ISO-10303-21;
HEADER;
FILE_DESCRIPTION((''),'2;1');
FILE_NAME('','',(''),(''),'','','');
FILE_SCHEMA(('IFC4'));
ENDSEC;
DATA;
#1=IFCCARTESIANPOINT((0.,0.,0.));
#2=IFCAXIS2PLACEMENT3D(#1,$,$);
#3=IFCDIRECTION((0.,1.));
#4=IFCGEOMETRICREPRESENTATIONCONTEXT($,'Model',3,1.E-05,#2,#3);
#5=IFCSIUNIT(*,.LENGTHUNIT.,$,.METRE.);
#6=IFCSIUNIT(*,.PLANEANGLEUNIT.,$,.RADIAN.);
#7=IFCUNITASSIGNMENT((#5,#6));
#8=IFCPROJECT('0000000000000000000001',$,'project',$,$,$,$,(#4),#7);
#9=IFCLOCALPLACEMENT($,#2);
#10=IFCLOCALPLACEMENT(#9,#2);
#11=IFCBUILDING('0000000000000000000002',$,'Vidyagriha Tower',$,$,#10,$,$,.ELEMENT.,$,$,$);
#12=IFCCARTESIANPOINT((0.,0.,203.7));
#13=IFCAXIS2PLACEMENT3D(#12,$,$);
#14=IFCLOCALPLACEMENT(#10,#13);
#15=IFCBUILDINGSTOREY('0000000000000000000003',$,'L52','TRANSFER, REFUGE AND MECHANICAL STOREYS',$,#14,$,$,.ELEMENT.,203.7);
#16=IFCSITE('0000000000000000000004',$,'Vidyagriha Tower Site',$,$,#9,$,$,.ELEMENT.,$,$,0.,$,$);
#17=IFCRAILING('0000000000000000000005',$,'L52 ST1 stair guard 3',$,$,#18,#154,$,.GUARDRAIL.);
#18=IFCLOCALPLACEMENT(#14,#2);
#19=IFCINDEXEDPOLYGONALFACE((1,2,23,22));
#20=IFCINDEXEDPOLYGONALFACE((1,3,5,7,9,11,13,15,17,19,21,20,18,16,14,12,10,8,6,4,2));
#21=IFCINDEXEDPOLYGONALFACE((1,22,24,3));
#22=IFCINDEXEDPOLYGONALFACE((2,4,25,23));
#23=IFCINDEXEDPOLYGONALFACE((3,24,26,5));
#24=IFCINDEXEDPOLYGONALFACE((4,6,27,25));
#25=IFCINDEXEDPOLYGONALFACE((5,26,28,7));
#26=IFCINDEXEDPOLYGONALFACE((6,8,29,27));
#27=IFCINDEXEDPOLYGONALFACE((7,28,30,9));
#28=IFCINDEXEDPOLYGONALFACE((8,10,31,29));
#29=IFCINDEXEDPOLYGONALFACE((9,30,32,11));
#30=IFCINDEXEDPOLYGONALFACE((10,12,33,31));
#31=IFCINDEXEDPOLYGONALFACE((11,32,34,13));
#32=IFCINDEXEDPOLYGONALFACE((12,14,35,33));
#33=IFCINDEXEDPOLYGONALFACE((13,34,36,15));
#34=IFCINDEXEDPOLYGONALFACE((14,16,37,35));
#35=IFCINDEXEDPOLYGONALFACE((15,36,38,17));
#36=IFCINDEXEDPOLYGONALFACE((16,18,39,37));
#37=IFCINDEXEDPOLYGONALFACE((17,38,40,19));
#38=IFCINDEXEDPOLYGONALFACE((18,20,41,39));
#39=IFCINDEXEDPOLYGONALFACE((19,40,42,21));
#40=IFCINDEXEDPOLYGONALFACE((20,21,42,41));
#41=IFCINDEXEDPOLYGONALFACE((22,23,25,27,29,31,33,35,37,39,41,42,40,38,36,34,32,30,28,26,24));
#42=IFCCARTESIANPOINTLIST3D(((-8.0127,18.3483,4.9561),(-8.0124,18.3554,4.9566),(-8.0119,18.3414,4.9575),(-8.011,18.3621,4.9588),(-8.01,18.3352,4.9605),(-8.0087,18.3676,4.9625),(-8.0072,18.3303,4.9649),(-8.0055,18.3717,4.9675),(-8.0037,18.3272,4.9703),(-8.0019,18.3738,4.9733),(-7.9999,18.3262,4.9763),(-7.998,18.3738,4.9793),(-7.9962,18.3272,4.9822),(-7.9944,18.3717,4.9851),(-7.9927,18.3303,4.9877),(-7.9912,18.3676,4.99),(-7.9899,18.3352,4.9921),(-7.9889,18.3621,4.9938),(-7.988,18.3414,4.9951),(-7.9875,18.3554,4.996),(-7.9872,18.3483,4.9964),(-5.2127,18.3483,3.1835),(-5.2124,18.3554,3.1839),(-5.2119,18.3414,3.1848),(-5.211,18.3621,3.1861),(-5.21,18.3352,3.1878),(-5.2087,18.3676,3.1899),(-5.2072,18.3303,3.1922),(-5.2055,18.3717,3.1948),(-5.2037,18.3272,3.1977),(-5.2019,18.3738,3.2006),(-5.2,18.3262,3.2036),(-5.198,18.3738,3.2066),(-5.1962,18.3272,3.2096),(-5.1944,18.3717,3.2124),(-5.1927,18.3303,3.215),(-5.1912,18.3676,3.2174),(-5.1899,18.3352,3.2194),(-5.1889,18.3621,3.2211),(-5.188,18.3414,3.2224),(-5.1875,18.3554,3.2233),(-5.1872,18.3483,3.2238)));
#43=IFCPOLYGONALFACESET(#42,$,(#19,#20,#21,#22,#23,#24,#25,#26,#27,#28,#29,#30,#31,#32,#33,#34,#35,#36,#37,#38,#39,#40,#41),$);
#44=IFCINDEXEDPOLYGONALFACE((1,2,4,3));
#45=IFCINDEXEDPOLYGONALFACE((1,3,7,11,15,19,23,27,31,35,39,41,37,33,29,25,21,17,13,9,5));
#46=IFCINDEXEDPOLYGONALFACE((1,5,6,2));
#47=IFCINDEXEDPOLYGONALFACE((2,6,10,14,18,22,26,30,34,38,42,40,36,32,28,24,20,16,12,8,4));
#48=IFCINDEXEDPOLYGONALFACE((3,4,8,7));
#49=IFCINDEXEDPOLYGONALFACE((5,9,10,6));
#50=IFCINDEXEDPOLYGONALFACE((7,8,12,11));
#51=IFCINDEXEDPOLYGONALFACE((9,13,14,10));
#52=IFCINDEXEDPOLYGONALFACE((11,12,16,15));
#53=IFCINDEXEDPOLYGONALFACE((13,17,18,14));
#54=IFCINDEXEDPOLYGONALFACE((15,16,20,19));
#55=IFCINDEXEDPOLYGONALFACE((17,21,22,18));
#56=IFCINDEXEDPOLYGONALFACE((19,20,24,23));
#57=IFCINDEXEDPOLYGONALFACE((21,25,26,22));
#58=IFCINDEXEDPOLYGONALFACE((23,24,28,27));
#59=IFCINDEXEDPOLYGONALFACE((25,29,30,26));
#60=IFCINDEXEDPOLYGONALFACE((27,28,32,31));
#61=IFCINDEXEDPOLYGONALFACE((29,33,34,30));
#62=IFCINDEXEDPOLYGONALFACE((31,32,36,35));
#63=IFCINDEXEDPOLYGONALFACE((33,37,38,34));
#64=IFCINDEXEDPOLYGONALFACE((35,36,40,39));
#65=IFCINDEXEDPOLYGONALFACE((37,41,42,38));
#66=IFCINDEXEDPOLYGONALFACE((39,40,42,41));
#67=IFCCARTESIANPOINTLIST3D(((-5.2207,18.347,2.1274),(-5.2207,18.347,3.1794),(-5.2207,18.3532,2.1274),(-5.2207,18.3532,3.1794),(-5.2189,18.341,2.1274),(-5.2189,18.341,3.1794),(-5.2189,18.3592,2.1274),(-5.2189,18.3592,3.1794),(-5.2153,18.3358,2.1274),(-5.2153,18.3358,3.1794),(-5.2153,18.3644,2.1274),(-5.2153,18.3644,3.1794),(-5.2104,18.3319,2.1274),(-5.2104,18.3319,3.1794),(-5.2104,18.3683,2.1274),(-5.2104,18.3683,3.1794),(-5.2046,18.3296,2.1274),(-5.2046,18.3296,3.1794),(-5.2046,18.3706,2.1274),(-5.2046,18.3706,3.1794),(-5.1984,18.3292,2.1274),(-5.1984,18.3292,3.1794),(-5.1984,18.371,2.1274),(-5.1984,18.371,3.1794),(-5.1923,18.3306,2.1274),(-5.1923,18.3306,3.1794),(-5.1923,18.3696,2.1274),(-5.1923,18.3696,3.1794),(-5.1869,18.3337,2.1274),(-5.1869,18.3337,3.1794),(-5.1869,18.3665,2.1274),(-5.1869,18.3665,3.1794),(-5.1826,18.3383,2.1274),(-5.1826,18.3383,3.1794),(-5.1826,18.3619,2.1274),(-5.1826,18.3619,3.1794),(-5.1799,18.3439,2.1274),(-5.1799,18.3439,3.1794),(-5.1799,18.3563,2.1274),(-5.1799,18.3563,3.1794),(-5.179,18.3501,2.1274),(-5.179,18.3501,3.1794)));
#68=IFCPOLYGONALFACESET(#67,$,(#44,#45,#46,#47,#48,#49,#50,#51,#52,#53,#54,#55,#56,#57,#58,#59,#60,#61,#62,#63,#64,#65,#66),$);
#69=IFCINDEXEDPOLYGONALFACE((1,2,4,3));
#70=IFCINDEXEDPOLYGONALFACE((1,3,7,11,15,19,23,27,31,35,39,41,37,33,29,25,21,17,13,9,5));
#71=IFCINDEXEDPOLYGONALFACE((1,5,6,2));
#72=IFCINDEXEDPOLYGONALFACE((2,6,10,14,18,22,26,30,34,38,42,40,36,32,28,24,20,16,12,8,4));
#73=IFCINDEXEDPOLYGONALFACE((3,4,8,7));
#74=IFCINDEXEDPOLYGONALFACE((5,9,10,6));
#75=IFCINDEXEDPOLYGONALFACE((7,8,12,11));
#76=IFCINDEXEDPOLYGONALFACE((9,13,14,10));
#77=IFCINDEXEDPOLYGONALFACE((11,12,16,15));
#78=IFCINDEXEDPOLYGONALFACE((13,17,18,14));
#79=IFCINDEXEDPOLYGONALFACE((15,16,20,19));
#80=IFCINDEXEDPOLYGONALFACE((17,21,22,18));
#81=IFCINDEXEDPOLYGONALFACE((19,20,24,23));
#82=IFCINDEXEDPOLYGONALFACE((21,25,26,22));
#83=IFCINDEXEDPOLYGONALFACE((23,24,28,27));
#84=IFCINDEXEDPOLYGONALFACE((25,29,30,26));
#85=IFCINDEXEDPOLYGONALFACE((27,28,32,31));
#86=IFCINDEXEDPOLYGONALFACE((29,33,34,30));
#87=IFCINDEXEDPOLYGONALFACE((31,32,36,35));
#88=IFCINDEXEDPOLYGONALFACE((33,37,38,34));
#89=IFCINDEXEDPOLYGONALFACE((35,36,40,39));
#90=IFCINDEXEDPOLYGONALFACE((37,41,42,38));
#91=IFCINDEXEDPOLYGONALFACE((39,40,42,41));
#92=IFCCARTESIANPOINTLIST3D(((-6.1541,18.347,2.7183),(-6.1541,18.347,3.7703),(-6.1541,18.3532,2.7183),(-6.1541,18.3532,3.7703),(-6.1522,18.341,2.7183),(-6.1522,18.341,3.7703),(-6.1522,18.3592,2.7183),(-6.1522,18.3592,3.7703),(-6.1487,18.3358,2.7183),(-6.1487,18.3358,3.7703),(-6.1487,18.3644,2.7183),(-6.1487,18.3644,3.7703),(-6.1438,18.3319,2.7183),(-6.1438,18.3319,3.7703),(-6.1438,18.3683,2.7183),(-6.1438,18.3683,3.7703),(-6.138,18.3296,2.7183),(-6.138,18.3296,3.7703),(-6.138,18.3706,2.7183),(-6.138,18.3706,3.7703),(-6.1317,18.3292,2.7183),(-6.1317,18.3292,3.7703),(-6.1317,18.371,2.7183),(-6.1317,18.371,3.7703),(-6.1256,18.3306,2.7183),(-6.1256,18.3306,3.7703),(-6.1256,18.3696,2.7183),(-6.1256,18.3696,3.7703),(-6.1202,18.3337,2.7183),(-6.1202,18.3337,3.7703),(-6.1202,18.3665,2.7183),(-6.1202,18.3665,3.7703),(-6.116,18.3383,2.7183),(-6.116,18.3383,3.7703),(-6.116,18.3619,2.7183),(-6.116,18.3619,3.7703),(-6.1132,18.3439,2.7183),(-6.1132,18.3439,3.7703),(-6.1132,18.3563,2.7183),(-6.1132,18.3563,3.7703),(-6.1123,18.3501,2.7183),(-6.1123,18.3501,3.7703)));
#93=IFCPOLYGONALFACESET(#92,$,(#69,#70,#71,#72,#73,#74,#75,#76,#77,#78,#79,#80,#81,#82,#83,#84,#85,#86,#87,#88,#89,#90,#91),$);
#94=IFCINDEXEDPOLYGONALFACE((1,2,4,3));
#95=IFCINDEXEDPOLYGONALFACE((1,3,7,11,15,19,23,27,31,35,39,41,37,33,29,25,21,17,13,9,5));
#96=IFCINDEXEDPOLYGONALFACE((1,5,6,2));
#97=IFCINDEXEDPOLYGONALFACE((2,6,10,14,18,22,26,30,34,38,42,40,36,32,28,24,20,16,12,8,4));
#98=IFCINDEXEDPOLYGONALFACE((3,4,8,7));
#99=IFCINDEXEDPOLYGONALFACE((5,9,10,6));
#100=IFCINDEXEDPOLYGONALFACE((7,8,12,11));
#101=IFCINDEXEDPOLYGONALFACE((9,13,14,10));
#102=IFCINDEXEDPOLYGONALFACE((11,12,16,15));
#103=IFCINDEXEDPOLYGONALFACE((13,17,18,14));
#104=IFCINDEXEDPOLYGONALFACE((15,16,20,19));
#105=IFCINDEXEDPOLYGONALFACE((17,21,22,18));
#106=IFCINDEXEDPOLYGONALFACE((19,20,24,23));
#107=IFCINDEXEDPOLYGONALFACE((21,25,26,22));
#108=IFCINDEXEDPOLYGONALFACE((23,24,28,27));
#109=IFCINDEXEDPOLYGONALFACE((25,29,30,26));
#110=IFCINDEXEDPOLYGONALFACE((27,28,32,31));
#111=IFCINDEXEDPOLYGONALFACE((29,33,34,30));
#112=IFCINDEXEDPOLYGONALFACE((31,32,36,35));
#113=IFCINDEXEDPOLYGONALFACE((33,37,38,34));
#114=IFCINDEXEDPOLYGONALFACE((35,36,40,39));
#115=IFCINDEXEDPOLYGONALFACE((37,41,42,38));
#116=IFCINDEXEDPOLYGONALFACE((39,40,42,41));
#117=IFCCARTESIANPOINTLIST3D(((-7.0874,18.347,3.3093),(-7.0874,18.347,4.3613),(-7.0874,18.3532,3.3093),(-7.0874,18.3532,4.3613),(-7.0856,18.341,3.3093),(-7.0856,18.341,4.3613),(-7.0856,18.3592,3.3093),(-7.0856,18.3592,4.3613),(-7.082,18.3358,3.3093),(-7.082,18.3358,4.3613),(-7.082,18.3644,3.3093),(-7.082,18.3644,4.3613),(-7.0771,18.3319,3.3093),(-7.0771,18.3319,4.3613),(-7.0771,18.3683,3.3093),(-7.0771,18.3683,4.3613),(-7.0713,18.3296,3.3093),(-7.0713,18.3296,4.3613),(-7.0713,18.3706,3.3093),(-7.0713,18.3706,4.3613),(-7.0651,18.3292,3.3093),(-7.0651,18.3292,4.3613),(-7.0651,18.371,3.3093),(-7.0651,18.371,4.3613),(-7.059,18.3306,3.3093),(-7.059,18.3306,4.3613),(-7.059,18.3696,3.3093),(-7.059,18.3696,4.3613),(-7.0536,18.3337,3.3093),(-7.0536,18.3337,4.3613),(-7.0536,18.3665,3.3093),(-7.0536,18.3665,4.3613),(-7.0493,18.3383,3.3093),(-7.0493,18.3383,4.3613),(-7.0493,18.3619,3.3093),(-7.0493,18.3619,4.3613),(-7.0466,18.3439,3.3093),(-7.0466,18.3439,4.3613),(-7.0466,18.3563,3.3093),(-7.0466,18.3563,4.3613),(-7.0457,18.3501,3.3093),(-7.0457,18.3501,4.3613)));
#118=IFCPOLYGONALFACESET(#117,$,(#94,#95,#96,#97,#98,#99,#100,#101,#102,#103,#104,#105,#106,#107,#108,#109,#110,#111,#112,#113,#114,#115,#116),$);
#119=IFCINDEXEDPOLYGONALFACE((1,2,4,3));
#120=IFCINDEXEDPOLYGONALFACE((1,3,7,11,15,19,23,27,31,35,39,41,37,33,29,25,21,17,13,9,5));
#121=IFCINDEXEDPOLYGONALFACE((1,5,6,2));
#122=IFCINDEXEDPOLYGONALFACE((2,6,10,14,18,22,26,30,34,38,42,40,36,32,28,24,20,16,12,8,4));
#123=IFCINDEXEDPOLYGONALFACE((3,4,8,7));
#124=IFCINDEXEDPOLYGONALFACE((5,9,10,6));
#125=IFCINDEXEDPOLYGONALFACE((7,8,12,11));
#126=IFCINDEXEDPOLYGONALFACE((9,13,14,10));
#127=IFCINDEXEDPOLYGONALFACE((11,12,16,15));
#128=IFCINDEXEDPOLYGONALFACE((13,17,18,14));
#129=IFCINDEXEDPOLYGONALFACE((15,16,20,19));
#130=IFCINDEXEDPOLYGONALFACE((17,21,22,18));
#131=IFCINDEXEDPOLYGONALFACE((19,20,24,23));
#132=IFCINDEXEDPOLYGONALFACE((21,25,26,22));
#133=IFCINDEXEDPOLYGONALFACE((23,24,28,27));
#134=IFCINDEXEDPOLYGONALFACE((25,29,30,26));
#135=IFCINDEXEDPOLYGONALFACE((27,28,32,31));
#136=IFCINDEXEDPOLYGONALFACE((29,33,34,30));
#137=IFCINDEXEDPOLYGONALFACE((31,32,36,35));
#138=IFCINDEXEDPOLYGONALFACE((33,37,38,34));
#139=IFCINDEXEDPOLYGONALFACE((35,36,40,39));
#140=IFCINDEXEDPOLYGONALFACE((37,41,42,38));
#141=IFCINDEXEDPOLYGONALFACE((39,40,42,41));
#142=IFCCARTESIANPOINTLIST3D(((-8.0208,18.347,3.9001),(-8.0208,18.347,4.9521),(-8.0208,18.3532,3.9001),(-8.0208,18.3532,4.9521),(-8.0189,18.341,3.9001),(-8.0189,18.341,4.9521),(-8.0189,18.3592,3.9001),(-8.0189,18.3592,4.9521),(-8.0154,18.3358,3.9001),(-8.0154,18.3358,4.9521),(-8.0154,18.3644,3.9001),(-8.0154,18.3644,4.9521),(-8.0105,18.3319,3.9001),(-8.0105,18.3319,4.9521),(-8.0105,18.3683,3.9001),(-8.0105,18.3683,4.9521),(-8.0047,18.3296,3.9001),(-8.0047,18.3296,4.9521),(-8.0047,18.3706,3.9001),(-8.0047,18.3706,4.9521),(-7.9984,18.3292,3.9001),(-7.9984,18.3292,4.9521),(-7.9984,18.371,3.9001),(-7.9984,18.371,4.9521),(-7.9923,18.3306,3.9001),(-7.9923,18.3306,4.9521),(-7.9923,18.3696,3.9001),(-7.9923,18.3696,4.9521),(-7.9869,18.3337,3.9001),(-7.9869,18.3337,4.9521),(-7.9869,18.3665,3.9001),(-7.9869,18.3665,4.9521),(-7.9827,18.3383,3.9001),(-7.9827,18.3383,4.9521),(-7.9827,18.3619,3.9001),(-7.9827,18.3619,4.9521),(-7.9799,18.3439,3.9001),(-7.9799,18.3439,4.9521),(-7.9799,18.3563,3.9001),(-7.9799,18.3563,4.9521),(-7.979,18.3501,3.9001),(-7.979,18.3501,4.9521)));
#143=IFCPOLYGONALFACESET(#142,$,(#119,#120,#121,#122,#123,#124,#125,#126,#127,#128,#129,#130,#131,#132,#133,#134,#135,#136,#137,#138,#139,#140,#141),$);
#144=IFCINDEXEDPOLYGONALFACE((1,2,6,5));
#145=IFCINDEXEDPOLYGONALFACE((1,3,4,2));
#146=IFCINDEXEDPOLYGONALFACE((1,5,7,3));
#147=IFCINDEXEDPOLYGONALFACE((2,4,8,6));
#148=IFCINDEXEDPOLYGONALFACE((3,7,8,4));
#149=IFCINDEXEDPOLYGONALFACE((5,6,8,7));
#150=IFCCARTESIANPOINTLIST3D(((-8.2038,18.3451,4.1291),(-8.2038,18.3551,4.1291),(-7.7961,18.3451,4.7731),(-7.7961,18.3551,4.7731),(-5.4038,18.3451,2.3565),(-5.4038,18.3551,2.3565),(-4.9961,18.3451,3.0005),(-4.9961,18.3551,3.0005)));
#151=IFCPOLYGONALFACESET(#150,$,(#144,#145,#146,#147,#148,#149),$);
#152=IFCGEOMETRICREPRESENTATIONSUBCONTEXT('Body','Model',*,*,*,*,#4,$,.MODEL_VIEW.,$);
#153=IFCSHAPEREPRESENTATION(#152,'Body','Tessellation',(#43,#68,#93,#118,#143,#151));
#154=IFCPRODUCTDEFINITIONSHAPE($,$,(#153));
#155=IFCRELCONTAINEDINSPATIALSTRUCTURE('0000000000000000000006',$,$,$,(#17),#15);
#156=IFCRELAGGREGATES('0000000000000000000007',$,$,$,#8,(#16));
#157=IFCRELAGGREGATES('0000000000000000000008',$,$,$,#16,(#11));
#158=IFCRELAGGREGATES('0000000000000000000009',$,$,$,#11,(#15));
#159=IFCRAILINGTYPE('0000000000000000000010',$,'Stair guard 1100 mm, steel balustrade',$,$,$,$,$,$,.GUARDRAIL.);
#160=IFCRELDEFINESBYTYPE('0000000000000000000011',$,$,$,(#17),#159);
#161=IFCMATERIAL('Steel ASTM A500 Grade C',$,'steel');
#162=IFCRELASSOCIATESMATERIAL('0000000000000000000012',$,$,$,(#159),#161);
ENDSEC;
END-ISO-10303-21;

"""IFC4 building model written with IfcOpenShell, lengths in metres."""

from ifc_helpers import new_model, si_unit, direction, frame, origin, origin_2d, place, context, subcontext, project, spatial, rectangle, circle, extrude, material, type_object, element, save


model = new_model("IFC4")

# Units and contexts
model_context = context("Model", 3, precision=1e-05, world=origin(), true_north=direction((0.0, 1.0)))
body_context = subcontext(model_context, "Body", "Model", "MODEL_VIEW")
ifc_project = project(units=[si_unit("LENGTHUNIT", "METRE"), si_unit("PLANEANGLEUNIT", "RADIAN")], contexts=[model_context])

# Site, building, storey
site_placement = place(None, origin())
site = spatial("IfcSite", under=ifc_project, at=site_placement, Name="Vidyagriha Tower Site", CompositionType="ELEMENT", RefElevation=0.0)
building_placement = place(site_placement, origin())
building = spatial("IfcBuilding", under=site, at=building_placement, Name="Vidyagriha Tower", CompositionType="ELEMENT")
storey_placement = place(building_placement, frame((0.0, 0.0, 203.7)))
storey = spatial("IfcBuildingStorey", under=building, at=storey_placement, Name="L52", Description="TRANSFER, REFUGE AND MECHANICAL STOREYS", CompositionType="ELEMENT", Elevation=203.7)

# Railing
ifc_material_1 = material(Name="Steel ASTM A500 Grade C", Category="steel")
railing_type_1 = type_object("IfcRailingType", Name="Stair guard 1100 mm, steel balustrade", PredefinedType="GUARDRAIL", material=ifc_material_1)
railing_1_placement = place(storey_placement, frame((-5.2, 18.3501, 2.1274)))
element("IfcRailing", 1, at=railing_1_placement, inside=storey, type_object=railing_type_1, Name="L52 ST1 stair guard 3", PredefinedType="GUARDRAIL", context=body_context, shape_type="SweptSolid", body=[
    extrude(circle(Radius=0.0239, at=origin_2d()), frame((0.0, 0.0, 1.0762), z_axis=(-0.844909, 0.0, 0.53491), x_axis=(0.0, -1.0, 0.0)), (0.0, 0.0, 1.0), 3.314),
    extrude(circle(Radius=0.021, at=origin_2d()), origin(), (0.0, 0.0, 1.0), 1.052),
    extrude(circle(Radius=0.021, at=origin_2d()), frame((-0.9333, 0.0, 0.5908)), (0.0, 0.0, 1.0), 1.052),
    extrude(circle(Radius=0.021, at=origin_2d()), frame((-1.8667, 0.0, 1.1819)), (0.0, 0.0, 1.0), 1.052),
    extrude(circle(Radius=0.021, at=origin_2d()), frame((-2.8, 0.0, 1.7727)), (0.0, 0.0, 1.0), 1.052),
    extrude(rectangle(XDim=0.01, YDim=0.7622, at=origin_2d()), frame((0.0, 0.0, 0.551), z_axis=(-0.844909, 0.0, 0.53491), x_axis=(0.0, -1.0, 0.0)), (0.0, 0.0, 1.0), 3.314),
])

save(model, "model.ifc")
